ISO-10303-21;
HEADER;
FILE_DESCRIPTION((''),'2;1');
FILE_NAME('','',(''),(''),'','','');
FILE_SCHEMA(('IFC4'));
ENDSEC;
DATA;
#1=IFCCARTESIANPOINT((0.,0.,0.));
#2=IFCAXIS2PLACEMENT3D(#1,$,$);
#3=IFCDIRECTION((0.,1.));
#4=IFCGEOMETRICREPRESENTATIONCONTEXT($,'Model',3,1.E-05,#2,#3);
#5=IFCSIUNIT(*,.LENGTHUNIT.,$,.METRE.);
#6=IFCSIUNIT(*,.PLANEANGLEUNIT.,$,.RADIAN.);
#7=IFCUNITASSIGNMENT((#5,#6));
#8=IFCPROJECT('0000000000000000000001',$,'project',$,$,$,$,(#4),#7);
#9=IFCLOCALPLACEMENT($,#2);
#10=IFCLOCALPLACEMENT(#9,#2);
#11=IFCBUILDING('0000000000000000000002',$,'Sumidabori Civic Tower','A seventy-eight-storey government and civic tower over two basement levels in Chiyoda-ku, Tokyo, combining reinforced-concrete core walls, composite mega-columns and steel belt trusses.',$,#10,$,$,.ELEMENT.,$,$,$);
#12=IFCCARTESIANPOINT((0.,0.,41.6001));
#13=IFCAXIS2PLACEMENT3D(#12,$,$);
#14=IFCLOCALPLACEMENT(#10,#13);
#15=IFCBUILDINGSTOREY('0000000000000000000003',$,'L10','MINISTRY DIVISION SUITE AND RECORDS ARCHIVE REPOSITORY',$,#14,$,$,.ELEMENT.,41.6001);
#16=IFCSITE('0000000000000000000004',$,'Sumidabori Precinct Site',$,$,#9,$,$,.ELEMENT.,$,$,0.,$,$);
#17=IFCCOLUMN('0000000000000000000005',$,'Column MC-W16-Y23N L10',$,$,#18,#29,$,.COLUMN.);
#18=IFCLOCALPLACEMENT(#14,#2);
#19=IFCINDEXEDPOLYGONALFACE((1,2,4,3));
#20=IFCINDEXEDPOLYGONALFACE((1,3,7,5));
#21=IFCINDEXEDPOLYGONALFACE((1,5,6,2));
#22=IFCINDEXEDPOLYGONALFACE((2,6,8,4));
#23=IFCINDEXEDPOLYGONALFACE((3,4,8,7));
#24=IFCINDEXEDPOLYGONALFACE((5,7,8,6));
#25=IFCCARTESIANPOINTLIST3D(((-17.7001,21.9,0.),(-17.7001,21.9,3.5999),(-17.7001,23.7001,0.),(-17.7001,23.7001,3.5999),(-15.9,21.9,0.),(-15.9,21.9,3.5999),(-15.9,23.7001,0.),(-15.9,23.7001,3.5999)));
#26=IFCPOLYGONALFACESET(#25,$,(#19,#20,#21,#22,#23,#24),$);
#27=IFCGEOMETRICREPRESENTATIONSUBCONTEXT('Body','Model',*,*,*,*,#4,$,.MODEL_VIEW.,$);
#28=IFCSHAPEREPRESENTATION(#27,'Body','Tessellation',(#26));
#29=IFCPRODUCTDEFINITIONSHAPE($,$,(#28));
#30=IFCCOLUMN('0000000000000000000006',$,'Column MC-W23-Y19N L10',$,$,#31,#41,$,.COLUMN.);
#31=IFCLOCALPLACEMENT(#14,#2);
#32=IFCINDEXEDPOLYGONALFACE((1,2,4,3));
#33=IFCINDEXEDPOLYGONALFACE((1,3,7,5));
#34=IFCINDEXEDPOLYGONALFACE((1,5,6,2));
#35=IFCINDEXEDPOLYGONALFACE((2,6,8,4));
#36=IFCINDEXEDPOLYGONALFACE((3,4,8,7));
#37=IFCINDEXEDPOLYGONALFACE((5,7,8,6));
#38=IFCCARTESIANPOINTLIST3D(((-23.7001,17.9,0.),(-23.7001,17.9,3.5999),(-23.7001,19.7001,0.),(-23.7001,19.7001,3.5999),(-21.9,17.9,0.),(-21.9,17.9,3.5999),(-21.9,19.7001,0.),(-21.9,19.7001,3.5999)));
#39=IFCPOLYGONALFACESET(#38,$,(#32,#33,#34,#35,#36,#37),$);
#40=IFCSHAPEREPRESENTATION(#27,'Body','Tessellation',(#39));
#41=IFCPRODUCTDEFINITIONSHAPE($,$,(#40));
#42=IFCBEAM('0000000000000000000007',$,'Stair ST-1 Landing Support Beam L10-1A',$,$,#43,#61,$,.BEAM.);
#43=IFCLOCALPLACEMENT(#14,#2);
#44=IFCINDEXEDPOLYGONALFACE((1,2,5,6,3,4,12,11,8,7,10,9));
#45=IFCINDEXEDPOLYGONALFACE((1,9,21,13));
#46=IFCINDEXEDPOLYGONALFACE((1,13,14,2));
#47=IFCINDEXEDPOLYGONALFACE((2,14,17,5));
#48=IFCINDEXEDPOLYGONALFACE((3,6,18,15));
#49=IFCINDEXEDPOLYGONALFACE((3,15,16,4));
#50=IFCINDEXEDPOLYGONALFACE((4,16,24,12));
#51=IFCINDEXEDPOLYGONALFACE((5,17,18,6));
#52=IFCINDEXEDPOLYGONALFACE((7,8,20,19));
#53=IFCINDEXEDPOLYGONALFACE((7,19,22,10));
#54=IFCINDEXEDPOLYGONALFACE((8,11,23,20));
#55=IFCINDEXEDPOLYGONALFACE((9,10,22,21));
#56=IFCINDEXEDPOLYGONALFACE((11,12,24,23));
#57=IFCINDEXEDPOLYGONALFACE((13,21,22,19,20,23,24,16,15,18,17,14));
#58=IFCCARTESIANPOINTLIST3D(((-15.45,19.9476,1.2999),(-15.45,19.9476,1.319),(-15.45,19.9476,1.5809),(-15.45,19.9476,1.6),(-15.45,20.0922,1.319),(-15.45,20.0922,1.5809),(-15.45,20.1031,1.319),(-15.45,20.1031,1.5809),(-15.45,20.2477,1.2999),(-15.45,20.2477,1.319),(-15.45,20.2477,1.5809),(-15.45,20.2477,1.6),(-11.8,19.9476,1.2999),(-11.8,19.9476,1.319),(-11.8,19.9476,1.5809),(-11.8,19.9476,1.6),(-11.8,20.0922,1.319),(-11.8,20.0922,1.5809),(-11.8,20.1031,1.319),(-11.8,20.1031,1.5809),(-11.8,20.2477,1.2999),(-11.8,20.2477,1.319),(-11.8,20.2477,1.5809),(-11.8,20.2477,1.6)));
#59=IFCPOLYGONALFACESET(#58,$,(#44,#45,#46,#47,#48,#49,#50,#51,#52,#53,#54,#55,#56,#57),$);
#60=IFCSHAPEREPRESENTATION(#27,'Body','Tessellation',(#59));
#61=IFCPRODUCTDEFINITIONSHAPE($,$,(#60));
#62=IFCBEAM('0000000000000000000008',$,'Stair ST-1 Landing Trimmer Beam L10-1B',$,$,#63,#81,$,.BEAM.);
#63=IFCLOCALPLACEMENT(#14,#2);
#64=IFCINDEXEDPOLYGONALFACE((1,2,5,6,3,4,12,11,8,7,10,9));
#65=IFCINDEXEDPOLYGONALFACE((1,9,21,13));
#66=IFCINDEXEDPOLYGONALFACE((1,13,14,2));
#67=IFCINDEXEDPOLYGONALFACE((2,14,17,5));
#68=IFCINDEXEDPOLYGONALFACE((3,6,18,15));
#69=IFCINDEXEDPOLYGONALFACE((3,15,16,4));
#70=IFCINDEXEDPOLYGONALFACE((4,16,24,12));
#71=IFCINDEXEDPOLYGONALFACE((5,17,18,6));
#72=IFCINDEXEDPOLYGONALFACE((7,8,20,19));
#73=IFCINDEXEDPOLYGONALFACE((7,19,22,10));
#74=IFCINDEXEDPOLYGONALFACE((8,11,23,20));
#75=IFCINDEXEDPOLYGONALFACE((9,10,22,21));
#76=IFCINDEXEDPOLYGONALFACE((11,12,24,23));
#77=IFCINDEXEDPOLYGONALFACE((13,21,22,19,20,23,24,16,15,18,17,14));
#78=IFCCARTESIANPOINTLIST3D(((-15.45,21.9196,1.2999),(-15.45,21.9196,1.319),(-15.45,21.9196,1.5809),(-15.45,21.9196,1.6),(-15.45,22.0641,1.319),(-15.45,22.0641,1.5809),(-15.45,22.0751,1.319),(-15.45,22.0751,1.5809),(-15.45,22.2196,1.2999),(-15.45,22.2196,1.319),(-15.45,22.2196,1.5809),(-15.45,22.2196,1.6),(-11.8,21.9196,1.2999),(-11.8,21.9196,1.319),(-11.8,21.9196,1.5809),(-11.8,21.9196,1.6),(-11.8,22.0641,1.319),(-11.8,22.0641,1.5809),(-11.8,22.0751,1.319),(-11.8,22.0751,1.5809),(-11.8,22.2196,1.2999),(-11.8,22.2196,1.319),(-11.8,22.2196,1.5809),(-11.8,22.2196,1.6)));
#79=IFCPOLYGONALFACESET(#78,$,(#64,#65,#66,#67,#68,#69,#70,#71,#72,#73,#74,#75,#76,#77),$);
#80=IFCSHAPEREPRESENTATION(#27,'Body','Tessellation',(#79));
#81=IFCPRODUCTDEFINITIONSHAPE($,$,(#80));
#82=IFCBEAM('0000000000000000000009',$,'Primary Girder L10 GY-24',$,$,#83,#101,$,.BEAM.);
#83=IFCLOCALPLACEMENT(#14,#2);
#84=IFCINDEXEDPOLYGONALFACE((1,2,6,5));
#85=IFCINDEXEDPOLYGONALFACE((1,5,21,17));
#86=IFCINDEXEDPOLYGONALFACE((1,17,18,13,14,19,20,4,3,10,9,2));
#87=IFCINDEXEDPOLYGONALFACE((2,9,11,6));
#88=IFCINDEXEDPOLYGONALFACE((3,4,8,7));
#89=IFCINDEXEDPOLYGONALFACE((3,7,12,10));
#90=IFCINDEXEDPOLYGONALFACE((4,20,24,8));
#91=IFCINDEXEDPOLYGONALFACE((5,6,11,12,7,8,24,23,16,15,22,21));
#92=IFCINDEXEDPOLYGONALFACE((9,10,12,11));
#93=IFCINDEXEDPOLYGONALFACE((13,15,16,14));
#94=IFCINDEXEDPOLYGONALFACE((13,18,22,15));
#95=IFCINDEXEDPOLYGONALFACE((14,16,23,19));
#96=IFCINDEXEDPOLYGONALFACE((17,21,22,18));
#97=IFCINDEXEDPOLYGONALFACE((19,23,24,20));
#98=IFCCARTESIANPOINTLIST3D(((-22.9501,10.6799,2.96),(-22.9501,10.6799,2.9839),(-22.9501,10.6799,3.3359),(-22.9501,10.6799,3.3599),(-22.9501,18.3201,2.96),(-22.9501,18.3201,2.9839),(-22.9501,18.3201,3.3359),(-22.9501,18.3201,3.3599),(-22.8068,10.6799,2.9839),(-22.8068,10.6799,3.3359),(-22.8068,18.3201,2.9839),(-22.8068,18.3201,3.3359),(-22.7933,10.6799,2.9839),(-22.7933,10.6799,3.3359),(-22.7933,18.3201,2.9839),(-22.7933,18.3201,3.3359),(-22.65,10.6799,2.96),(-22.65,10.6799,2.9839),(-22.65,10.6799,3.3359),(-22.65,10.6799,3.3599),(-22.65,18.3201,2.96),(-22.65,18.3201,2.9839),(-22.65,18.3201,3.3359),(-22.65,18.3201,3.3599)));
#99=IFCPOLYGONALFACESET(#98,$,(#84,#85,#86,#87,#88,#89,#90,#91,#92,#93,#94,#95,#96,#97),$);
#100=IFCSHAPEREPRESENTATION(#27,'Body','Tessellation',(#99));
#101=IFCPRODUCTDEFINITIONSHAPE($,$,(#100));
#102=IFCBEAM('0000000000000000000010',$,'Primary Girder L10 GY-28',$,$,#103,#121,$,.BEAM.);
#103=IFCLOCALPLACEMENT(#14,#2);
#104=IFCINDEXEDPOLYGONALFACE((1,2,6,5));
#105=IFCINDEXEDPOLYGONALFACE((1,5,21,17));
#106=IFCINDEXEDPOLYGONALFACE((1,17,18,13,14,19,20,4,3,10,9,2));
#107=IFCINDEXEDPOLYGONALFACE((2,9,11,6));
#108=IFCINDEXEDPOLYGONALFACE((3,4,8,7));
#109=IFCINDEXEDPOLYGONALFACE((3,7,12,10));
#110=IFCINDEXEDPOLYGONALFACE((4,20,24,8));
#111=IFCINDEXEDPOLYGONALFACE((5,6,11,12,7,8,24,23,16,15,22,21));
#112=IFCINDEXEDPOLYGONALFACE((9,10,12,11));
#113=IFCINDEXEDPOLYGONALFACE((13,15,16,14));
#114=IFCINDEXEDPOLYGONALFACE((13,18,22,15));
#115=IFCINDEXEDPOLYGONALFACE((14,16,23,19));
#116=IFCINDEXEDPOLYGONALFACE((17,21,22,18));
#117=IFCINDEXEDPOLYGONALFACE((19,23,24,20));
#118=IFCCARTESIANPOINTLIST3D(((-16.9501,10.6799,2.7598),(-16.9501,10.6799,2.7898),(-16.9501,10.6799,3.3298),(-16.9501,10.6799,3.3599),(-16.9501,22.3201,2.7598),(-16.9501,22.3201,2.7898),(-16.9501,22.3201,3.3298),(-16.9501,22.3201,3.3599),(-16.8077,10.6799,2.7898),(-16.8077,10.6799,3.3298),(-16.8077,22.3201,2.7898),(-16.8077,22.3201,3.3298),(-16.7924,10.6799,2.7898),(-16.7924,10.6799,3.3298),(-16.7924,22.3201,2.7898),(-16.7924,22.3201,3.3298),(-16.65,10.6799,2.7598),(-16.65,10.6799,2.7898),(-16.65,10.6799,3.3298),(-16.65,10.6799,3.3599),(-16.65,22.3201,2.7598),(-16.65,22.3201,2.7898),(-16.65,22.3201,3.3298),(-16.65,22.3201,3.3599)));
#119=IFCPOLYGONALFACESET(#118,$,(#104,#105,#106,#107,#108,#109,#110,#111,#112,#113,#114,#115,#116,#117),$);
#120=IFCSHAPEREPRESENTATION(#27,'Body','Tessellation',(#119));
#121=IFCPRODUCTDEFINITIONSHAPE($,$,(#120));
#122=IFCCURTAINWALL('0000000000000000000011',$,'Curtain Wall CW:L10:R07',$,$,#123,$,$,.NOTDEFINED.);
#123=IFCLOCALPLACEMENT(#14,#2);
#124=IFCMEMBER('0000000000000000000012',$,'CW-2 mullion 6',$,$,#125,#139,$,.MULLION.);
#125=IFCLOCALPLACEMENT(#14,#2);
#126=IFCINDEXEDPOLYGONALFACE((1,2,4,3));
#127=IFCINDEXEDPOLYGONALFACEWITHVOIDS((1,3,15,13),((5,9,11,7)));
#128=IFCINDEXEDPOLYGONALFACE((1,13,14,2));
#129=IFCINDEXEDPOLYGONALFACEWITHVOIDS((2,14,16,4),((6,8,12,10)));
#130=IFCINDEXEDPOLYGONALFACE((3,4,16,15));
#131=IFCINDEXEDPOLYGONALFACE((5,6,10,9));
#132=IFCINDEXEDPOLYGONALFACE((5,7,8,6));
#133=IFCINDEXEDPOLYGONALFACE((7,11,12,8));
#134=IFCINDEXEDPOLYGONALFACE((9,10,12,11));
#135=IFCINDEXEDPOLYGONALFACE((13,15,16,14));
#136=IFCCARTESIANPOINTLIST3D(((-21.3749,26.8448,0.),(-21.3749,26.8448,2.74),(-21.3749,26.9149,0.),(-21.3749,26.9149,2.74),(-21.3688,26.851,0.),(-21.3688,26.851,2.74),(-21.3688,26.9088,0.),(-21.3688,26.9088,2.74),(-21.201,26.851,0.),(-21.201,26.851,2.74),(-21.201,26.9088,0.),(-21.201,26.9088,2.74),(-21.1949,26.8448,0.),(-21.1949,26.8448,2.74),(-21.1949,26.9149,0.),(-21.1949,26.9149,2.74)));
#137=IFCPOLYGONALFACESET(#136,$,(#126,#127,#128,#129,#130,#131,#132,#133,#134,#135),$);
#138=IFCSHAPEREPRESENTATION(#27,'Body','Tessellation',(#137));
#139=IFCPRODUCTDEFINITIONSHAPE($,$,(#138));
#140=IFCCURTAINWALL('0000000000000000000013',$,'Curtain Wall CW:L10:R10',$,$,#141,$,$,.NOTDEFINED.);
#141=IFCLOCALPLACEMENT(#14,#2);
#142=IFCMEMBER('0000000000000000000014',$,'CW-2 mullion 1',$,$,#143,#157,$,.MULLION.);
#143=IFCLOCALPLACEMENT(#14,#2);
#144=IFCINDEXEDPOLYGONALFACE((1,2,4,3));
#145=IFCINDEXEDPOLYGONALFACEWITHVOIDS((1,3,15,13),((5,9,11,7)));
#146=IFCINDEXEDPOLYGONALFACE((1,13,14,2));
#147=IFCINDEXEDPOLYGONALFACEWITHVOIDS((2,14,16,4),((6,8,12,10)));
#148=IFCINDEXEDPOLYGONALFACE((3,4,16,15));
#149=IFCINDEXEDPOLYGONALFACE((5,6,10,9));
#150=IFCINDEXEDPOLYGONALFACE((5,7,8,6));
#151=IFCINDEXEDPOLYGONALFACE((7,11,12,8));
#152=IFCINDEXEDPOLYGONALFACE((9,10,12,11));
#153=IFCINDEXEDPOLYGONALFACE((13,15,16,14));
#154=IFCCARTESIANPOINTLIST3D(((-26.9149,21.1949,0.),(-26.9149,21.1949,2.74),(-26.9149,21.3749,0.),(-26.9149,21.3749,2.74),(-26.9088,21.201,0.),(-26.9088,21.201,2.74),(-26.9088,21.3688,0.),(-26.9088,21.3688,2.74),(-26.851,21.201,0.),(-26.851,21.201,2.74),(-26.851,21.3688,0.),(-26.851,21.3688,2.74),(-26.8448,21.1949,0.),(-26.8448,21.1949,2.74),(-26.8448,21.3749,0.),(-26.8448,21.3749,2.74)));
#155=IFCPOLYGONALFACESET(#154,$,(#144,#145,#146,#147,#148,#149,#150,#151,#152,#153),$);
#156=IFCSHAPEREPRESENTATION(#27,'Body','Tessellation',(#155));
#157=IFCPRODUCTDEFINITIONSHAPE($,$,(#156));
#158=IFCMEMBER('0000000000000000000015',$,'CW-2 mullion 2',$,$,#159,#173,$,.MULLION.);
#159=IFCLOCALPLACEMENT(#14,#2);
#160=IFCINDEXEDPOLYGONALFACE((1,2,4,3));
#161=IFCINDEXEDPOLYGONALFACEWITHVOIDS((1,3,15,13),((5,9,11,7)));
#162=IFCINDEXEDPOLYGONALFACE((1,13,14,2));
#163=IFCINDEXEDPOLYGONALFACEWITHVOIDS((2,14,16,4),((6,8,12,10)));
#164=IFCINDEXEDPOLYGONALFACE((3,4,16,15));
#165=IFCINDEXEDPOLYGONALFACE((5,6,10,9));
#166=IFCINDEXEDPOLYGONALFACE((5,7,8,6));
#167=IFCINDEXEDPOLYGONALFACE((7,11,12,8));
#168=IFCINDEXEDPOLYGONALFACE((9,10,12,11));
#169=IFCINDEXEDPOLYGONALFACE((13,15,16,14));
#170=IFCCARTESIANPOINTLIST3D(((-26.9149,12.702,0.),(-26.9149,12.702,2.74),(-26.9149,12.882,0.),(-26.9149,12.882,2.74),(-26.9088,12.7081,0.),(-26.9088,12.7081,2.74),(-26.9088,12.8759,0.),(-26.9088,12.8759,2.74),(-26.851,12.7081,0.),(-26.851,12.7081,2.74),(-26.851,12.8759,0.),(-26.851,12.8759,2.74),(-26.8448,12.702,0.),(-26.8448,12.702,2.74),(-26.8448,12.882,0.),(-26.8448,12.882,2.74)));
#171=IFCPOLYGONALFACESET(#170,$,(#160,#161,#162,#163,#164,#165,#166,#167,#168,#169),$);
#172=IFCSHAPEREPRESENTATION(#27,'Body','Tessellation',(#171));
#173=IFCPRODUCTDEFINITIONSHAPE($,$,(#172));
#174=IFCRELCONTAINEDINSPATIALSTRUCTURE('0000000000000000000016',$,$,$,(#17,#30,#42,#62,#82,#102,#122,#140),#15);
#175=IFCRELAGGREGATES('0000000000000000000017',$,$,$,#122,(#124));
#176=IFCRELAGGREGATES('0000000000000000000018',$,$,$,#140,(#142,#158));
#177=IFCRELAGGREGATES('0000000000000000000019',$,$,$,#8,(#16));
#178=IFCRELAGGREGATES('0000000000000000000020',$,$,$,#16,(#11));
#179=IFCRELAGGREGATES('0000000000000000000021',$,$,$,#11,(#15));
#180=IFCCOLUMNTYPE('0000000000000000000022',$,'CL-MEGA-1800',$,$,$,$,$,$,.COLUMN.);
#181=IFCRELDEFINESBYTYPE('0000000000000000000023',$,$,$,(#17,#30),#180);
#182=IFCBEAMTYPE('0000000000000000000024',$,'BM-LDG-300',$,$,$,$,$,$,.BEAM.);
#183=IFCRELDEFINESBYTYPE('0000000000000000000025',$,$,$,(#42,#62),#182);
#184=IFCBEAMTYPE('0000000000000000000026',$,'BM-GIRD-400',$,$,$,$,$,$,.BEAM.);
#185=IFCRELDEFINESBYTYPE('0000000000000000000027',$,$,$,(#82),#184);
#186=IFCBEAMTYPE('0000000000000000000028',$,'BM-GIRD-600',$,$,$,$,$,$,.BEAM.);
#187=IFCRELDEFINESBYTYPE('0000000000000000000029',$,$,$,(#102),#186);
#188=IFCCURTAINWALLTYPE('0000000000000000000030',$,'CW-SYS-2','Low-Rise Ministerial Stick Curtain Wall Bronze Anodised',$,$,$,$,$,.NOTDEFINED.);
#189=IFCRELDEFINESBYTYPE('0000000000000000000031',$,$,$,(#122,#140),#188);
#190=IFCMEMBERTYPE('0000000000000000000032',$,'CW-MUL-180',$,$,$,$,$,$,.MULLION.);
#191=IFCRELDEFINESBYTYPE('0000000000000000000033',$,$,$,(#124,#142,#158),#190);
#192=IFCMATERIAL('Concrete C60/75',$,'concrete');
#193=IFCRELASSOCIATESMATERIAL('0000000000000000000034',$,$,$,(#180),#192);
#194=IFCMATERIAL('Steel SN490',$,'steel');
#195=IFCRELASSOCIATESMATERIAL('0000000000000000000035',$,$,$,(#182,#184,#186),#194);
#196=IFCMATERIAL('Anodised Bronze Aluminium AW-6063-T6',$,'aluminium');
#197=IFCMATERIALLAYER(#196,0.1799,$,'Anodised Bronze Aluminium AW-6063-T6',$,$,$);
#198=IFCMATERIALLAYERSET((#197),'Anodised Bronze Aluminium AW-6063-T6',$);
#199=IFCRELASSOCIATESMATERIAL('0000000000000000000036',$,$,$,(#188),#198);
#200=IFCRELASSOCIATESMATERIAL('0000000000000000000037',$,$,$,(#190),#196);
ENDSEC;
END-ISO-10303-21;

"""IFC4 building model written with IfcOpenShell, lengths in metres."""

from ifc_helpers import new_model, si_unit, direction, frame, origin, origin_2d, place, context, subcontext, project, spatial, rectangle, hollow_rectangle, i_section, extrude, source, transform, mapped, material, layer, layer_set, material_profile, profile_set, type_object, element, aggregate, save


model = new_model("IFC4")

# Units and contexts
model_context = context("Model", 3, precision=1e-05, world=origin(), true_north=direction((0.0, 1.0)))
body_context = subcontext(model_context, "Body", "Model", "MODEL_VIEW")
ifc_project = project(units=[si_unit("LENGTHUNIT", "METRE"), si_unit("PLANEANGLEUNIT", "RADIAN")], contexts=[model_context])

# Site, building, storey
site_placement = place(None, origin())
site = spatial("IfcSite", under=ifc_project, at=site_placement, Name="Sumidabori Precinct Site", CompositionType="ELEMENT", RefElevation=0.0)
building_placement = place(site_placement, origin())
building = spatial("IfcBuilding", under=site, at=building_placement, Name="Sumidabori Civic Tower", Description="A seventy-eight-storey government and civic tower over two basement levels in Chiyoda-ku, Tokyo, combining reinforced-concrete core walls, composite mega-columns and steel belt trusses.", CompositionType="ELEMENT")
storey_placement = place(building_placement, frame((0.0, 0.0, 41.6001)))
storey = spatial("IfcBuildingStorey", under=building, at=storey_placement, Name="L10", Description="MINISTRY DIVISION SUITE AND RECORDS ARCHIVE REPOSITORY", CompositionType="ELEMENT", Elevation=41.6001)

# Columns
ifc_material_1 = material(Name="Concrete C60/75", Category="concrete")
ifc_material_profile_1 = material_profile(ifc_material_1, rectangle(XDim=1.8, YDim=1.8, at=origin_2d()), Name="RC 1800x1800")
ifc_profile_set_1 = profile_set([ifc_material_profile_1], Name="Concrete C60/75")
column_type = type_object("IfcColumnType", Name="CL-MEGA-1800", PredefinedType="COLUMN", material=ifc_profile_set_1)
shared_shape_1 = source(origin(), body_context, "Body", "SweptSolid", [
    extrude(rectangle(XDim=1.8, YDim=1.8, at=origin_2d()), origin(), (0.0, 0.0, 1.0), 3.5999),
])
for number, where, z_axis, x_axis, name in (
    (1, (-16.8, 22.8, 0.0), (0.0, 0.0, 1.0), (1.0, 0.0, 0.0), "Column MC-W16-Y23N L10"),
    (2, (-22.8, 18.8, 0.0), (0.0, 0.0, 1.0), (1.0, 0.0, 0.0), "Column MC-W23-Y19N L10"),
):
    element("IfcColumn", number, at=place(storey_placement, frame(where, z_axis=z_axis, x_axis=x_axis)), inside=storey, type_object=column_type, Name=name, PredefinedType="COLUMN", context=body_context, shape_type="MappedRepresentation", body=[
        mapped(shared_shape_1, transform((0.0, 0.0, 0.0), x_axis=(1.0, 0.0, 0.0), y_axis=(0.0, 1.0, 0.0), z_axis=(0.0, 0.0, 1.0), scale=1.0)),
    ])

# Beams
ifc_material_2 = material(Name="Steel SN490", Category="steel")
ifc_material_profile_2 = material_profile(ifc_material_2, i_section(OverallWidth=0.3, OverallDepth=0.3, WebThickness=0.011, FlangeThickness=0.019, at=origin_2d()), Name="HE 300 B")
ifc_profile_set_2 = profile_set([ifc_material_profile_2], Name="Steel SN490")
beam_type_1 = type_object("IfcBeamType", Name="BM-LDG-300", PredefinedType="BEAM", material=ifc_profile_set_2)
shared_shape_2 = source(origin(), body_context, "Body", "SweptSolid", [
    extrude(i_section(OverallWidth=0.3, OverallDepth=0.3, WebThickness=0.011, FlangeThickness=0.019, at=origin_2d()), origin(), (0.0, 0.0, 1.0), 3.6499),
])
for number, where, z_axis, x_axis, name in (
    (3, (-15.45, 20.0977, 1.45), (1.0, 0.0, 0.0), (0.0, 1.0, 0.0), "Stair ST-1 Landing Support Beam L10-1A"),
    (4, (-15.45, 22.0696, 1.45), (1.0, 0.0, 0.0), (0.0, 1.0, 0.0), "Stair ST-1 Landing Trimmer Beam L10-1B"),
):
    element("IfcBeam", number, at=place(storey_placement, frame(where, z_axis=z_axis, x_axis=x_axis)), inside=storey, type_object=beam_type_1, Name=name, PredefinedType="BEAM", context=body_context, shape_type="MappedRepresentation", body=[
        mapped(shared_shape_2, transform((0.0, 0.0, 0.0), x_axis=(1.0, 0.0, 0.0), y_axis=(0.0, 1.0, 0.0), z_axis=(0.0, 0.0, 1.0), scale=1.0)),
    ])
ifc_material_profile_3 = material_profile(ifc_material_2, i_section(OverallWidth=0.3, OverallDepth=0.3999, WebThickness=0.0134, FlangeThickness=0.0239, at=origin_2d()), Name="HE 400 B")
ifc_profile_set_3 = profile_set([ifc_material_profile_3], Name="Steel SN490")
beam_type_2 = type_object("IfcBeamType", Name="BM-GIRD-400", PredefinedType="BEAM", material=ifc_profile_set_3)
shared_shape_3 = source(origin(), body_context, "Body", "SweptSolid", [
    extrude(i_section(OverallWidth=0.3, OverallDepth=0.3999, WebThickness=0.0134, FlangeThickness=0.0239, at=origin_2d()), origin(), (0.0, 0.0, 1.0), 7.6401),
])
beam_1_placement = place(storey_placement, frame((-22.8, 10.6799, 3.1599), z_axis=(0.0, 1.0, 0.0), x_axis=(-1.0, 0.0, 0.0)))
element("IfcBeam", 5, at=beam_1_placement, inside=storey, type_object=beam_type_2, Name="Primary Girder L10 GY-24", PredefinedType="BEAM", context=body_context, shape_type="MappedRepresentation", body=[
    mapped(shared_shape_3, transform((0.0, 0.0, 0.0), x_axis=(1.0, 0.0, 0.0), y_axis=(0.0, 1.0, 0.0), z_axis=(0.0, 0.0, 1.0), scale=1.0)),
])
ifc_material_profile_4 = material_profile(ifc_material_2, i_section(OverallWidth=0.3, OverallDepth=0.6001, WebThickness=0.0154, FlangeThickness=0.03, at=origin_2d()), Name="HE 600 B")
ifc_profile_set_4 = profile_set([ifc_material_profile_4], Name="Steel SN490")
beam_type_3 = type_object("IfcBeamType", Name="BM-GIRD-600", PredefinedType="BEAM", material=ifc_profile_set_4)
shared_shape_4 = source(origin(), body_context, "Body", "SweptSolid", [
    extrude(i_section(OverallWidth=0.3, OverallDepth=0.6001, WebThickness=0.0154, FlangeThickness=0.03, at=origin_2d()), origin(), (0.0, 0.0, 1.0), 11.6401),
])
beam_2_placement = place(storey_placement, frame((-16.8, 10.6799, 3.0598), z_axis=(0.0, 1.0, 0.0), x_axis=(-1.0, 0.0, 0.0)))
element("IfcBeam", 6, at=beam_2_placement, inside=storey, type_object=beam_type_3, Name="Primary Girder L10 GY-28", PredefinedType="BEAM", context=body_context, shape_type="MappedRepresentation", body=[
    mapped(shared_shape_4, transform((0.0, 0.0, 0.0), x_axis=(1.0, 0.0, 0.0), y_axis=(0.0, 1.0, 0.0), z_axis=(0.0, 0.0, 1.0), scale=1.0)),
])

# Curtain wall, member
ifc_material_3 = material(Name="Anodised Bronze Aluminium AW-6063-T6", Category="aluminium")
ifc_layer_1 = layer(ifc_material_3, 0.1799, Name="Anodised Bronze Aluminium AW-6063-T6")
ifc_layer_set_1 = layer_set([ifc_layer_1], Name="Anodised Bronze Aluminium AW-6063-T6")
curtain_wall_type = type_object("IfcCurtainWallType", Name="CW-SYS-2", Description="Low-Rise Ministerial Stick Curtain Wall Bronze Anodised", PredefinedType="NOTDEFINED", material=ifc_layer_set_1)
curtain_wall_1_placement = place(storey_placement, origin())
curtain_wall_1 = element("IfcCurtainWall", 7, at=curtain_wall_1_placement, inside=storey, type_object=curtain_wall_type, Name="Curtain Wall CW:L10:R07", PredefinedType="NOTDEFINED")
ifc_material_profile_5 = material_profile(ifc_material_3, hollow_rectangle(XDim=0.0701, YDim=0.1799, WallThickness=0.0061, at=origin_2d()), Name="ALU MULLION 180x70")
ifc_profile_set_5 = profile_set([ifc_material_profile_5], Name="Anodised Bronze Aluminium AW-6063-T6")
member_type_1 = type_object("IfcMemberType", Name="CW-MUL-180", PredefinedType="MULLION", material=ifc_profile_set_5)
shared_shape_5 = source(origin(), body_context, "Body", "SweptSolid", [
    extrude(hollow_rectangle(XDim=0.0701, YDim=0.1799, WallThickness=0.0061, at=origin_2d()), origin(), (0.0, 0.0, 1.0), 2.74),
])
member_1_placement = place(storey_placement, frame((-21.2849, 26.8799, 0.0), z_axis=(0.0, 0.0, 1.0), x_axis=(0.0, -1.0, 0.0)))
member_1 = element("IfcMember", 8, at=member_1_placement, type_object=member_type_1, Name="CW-2 mullion 6", PredefinedType="MULLION", context=body_context, shape_type="MappedRepresentation", body=[
    mapped(shared_shape_5, transform((0.0, 0.0, 0.0), x_axis=(1.0, 0.0, 0.0), y_axis=(0.0, 1.0, 0.0), z_axis=(0.0, 0.0, 1.0), scale=1.0)),
])

# Curtain wall, members
curtain_wall_2_placement = place(storey_placement, origin())
curtain_wall_2 = element("IfcCurtainWall", 9, at=curtain_wall_2_placement, inside=storey, type_object=curtain_wall_type, Name="Curtain Wall CW:L10:R10", PredefinedType="NOTDEFINED")
member_2_placement = place(storey_placement, frame((-26.8799, 21.2849, 0.0), z_axis=(0.0, 0.0, 1.0), x_axis=(1.0, 0.0, 0.0)))
member_2 = element("IfcMember", 10, at=member_2_placement, type_object=member_type_1, Name="CW-2 mullion 1", PredefinedType="MULLION", context=body_context, shape_type="MappedRepresentation", body=[
    mapped(shared_shape_5, transform((0.0, 0.0, 0.0), x_axis=(1.0, 0.0, 0.0), y_axis=(0.0, 1.0, 0.0), z_axis=(0.0, 0.0, 1.0), scale=1.0)),
])
member_3_placement = place(storey_placement, frame((-26.8799, 12.792, 0.0), z_axis=(0.0, 0.0, 1.0), x_axis=(1.0, 0.0, 0.0)))
member_3 = element("IfcMember", 11, at=member_3_placement, type_object=member_type_1, Name="CW-2 mullion 2", PredefinedType="MULLION", context=body_context, shape_type="MappedRepresentation", body=[
    mapped(shared_shape_5, transform((0.0, 0.0, 0.0), x_axis=(1.0, 0.0, 0.0), y_axis=(0.0, 1.0, 0.0), z_axis=(0.0, 0.0, 1.0), scale=1.0)),
])

aggregate(curtain_wall_1, [member_1])
aggregate(curtain_wall_2, [member_2, member_3])

save(model, "model.ifc")
